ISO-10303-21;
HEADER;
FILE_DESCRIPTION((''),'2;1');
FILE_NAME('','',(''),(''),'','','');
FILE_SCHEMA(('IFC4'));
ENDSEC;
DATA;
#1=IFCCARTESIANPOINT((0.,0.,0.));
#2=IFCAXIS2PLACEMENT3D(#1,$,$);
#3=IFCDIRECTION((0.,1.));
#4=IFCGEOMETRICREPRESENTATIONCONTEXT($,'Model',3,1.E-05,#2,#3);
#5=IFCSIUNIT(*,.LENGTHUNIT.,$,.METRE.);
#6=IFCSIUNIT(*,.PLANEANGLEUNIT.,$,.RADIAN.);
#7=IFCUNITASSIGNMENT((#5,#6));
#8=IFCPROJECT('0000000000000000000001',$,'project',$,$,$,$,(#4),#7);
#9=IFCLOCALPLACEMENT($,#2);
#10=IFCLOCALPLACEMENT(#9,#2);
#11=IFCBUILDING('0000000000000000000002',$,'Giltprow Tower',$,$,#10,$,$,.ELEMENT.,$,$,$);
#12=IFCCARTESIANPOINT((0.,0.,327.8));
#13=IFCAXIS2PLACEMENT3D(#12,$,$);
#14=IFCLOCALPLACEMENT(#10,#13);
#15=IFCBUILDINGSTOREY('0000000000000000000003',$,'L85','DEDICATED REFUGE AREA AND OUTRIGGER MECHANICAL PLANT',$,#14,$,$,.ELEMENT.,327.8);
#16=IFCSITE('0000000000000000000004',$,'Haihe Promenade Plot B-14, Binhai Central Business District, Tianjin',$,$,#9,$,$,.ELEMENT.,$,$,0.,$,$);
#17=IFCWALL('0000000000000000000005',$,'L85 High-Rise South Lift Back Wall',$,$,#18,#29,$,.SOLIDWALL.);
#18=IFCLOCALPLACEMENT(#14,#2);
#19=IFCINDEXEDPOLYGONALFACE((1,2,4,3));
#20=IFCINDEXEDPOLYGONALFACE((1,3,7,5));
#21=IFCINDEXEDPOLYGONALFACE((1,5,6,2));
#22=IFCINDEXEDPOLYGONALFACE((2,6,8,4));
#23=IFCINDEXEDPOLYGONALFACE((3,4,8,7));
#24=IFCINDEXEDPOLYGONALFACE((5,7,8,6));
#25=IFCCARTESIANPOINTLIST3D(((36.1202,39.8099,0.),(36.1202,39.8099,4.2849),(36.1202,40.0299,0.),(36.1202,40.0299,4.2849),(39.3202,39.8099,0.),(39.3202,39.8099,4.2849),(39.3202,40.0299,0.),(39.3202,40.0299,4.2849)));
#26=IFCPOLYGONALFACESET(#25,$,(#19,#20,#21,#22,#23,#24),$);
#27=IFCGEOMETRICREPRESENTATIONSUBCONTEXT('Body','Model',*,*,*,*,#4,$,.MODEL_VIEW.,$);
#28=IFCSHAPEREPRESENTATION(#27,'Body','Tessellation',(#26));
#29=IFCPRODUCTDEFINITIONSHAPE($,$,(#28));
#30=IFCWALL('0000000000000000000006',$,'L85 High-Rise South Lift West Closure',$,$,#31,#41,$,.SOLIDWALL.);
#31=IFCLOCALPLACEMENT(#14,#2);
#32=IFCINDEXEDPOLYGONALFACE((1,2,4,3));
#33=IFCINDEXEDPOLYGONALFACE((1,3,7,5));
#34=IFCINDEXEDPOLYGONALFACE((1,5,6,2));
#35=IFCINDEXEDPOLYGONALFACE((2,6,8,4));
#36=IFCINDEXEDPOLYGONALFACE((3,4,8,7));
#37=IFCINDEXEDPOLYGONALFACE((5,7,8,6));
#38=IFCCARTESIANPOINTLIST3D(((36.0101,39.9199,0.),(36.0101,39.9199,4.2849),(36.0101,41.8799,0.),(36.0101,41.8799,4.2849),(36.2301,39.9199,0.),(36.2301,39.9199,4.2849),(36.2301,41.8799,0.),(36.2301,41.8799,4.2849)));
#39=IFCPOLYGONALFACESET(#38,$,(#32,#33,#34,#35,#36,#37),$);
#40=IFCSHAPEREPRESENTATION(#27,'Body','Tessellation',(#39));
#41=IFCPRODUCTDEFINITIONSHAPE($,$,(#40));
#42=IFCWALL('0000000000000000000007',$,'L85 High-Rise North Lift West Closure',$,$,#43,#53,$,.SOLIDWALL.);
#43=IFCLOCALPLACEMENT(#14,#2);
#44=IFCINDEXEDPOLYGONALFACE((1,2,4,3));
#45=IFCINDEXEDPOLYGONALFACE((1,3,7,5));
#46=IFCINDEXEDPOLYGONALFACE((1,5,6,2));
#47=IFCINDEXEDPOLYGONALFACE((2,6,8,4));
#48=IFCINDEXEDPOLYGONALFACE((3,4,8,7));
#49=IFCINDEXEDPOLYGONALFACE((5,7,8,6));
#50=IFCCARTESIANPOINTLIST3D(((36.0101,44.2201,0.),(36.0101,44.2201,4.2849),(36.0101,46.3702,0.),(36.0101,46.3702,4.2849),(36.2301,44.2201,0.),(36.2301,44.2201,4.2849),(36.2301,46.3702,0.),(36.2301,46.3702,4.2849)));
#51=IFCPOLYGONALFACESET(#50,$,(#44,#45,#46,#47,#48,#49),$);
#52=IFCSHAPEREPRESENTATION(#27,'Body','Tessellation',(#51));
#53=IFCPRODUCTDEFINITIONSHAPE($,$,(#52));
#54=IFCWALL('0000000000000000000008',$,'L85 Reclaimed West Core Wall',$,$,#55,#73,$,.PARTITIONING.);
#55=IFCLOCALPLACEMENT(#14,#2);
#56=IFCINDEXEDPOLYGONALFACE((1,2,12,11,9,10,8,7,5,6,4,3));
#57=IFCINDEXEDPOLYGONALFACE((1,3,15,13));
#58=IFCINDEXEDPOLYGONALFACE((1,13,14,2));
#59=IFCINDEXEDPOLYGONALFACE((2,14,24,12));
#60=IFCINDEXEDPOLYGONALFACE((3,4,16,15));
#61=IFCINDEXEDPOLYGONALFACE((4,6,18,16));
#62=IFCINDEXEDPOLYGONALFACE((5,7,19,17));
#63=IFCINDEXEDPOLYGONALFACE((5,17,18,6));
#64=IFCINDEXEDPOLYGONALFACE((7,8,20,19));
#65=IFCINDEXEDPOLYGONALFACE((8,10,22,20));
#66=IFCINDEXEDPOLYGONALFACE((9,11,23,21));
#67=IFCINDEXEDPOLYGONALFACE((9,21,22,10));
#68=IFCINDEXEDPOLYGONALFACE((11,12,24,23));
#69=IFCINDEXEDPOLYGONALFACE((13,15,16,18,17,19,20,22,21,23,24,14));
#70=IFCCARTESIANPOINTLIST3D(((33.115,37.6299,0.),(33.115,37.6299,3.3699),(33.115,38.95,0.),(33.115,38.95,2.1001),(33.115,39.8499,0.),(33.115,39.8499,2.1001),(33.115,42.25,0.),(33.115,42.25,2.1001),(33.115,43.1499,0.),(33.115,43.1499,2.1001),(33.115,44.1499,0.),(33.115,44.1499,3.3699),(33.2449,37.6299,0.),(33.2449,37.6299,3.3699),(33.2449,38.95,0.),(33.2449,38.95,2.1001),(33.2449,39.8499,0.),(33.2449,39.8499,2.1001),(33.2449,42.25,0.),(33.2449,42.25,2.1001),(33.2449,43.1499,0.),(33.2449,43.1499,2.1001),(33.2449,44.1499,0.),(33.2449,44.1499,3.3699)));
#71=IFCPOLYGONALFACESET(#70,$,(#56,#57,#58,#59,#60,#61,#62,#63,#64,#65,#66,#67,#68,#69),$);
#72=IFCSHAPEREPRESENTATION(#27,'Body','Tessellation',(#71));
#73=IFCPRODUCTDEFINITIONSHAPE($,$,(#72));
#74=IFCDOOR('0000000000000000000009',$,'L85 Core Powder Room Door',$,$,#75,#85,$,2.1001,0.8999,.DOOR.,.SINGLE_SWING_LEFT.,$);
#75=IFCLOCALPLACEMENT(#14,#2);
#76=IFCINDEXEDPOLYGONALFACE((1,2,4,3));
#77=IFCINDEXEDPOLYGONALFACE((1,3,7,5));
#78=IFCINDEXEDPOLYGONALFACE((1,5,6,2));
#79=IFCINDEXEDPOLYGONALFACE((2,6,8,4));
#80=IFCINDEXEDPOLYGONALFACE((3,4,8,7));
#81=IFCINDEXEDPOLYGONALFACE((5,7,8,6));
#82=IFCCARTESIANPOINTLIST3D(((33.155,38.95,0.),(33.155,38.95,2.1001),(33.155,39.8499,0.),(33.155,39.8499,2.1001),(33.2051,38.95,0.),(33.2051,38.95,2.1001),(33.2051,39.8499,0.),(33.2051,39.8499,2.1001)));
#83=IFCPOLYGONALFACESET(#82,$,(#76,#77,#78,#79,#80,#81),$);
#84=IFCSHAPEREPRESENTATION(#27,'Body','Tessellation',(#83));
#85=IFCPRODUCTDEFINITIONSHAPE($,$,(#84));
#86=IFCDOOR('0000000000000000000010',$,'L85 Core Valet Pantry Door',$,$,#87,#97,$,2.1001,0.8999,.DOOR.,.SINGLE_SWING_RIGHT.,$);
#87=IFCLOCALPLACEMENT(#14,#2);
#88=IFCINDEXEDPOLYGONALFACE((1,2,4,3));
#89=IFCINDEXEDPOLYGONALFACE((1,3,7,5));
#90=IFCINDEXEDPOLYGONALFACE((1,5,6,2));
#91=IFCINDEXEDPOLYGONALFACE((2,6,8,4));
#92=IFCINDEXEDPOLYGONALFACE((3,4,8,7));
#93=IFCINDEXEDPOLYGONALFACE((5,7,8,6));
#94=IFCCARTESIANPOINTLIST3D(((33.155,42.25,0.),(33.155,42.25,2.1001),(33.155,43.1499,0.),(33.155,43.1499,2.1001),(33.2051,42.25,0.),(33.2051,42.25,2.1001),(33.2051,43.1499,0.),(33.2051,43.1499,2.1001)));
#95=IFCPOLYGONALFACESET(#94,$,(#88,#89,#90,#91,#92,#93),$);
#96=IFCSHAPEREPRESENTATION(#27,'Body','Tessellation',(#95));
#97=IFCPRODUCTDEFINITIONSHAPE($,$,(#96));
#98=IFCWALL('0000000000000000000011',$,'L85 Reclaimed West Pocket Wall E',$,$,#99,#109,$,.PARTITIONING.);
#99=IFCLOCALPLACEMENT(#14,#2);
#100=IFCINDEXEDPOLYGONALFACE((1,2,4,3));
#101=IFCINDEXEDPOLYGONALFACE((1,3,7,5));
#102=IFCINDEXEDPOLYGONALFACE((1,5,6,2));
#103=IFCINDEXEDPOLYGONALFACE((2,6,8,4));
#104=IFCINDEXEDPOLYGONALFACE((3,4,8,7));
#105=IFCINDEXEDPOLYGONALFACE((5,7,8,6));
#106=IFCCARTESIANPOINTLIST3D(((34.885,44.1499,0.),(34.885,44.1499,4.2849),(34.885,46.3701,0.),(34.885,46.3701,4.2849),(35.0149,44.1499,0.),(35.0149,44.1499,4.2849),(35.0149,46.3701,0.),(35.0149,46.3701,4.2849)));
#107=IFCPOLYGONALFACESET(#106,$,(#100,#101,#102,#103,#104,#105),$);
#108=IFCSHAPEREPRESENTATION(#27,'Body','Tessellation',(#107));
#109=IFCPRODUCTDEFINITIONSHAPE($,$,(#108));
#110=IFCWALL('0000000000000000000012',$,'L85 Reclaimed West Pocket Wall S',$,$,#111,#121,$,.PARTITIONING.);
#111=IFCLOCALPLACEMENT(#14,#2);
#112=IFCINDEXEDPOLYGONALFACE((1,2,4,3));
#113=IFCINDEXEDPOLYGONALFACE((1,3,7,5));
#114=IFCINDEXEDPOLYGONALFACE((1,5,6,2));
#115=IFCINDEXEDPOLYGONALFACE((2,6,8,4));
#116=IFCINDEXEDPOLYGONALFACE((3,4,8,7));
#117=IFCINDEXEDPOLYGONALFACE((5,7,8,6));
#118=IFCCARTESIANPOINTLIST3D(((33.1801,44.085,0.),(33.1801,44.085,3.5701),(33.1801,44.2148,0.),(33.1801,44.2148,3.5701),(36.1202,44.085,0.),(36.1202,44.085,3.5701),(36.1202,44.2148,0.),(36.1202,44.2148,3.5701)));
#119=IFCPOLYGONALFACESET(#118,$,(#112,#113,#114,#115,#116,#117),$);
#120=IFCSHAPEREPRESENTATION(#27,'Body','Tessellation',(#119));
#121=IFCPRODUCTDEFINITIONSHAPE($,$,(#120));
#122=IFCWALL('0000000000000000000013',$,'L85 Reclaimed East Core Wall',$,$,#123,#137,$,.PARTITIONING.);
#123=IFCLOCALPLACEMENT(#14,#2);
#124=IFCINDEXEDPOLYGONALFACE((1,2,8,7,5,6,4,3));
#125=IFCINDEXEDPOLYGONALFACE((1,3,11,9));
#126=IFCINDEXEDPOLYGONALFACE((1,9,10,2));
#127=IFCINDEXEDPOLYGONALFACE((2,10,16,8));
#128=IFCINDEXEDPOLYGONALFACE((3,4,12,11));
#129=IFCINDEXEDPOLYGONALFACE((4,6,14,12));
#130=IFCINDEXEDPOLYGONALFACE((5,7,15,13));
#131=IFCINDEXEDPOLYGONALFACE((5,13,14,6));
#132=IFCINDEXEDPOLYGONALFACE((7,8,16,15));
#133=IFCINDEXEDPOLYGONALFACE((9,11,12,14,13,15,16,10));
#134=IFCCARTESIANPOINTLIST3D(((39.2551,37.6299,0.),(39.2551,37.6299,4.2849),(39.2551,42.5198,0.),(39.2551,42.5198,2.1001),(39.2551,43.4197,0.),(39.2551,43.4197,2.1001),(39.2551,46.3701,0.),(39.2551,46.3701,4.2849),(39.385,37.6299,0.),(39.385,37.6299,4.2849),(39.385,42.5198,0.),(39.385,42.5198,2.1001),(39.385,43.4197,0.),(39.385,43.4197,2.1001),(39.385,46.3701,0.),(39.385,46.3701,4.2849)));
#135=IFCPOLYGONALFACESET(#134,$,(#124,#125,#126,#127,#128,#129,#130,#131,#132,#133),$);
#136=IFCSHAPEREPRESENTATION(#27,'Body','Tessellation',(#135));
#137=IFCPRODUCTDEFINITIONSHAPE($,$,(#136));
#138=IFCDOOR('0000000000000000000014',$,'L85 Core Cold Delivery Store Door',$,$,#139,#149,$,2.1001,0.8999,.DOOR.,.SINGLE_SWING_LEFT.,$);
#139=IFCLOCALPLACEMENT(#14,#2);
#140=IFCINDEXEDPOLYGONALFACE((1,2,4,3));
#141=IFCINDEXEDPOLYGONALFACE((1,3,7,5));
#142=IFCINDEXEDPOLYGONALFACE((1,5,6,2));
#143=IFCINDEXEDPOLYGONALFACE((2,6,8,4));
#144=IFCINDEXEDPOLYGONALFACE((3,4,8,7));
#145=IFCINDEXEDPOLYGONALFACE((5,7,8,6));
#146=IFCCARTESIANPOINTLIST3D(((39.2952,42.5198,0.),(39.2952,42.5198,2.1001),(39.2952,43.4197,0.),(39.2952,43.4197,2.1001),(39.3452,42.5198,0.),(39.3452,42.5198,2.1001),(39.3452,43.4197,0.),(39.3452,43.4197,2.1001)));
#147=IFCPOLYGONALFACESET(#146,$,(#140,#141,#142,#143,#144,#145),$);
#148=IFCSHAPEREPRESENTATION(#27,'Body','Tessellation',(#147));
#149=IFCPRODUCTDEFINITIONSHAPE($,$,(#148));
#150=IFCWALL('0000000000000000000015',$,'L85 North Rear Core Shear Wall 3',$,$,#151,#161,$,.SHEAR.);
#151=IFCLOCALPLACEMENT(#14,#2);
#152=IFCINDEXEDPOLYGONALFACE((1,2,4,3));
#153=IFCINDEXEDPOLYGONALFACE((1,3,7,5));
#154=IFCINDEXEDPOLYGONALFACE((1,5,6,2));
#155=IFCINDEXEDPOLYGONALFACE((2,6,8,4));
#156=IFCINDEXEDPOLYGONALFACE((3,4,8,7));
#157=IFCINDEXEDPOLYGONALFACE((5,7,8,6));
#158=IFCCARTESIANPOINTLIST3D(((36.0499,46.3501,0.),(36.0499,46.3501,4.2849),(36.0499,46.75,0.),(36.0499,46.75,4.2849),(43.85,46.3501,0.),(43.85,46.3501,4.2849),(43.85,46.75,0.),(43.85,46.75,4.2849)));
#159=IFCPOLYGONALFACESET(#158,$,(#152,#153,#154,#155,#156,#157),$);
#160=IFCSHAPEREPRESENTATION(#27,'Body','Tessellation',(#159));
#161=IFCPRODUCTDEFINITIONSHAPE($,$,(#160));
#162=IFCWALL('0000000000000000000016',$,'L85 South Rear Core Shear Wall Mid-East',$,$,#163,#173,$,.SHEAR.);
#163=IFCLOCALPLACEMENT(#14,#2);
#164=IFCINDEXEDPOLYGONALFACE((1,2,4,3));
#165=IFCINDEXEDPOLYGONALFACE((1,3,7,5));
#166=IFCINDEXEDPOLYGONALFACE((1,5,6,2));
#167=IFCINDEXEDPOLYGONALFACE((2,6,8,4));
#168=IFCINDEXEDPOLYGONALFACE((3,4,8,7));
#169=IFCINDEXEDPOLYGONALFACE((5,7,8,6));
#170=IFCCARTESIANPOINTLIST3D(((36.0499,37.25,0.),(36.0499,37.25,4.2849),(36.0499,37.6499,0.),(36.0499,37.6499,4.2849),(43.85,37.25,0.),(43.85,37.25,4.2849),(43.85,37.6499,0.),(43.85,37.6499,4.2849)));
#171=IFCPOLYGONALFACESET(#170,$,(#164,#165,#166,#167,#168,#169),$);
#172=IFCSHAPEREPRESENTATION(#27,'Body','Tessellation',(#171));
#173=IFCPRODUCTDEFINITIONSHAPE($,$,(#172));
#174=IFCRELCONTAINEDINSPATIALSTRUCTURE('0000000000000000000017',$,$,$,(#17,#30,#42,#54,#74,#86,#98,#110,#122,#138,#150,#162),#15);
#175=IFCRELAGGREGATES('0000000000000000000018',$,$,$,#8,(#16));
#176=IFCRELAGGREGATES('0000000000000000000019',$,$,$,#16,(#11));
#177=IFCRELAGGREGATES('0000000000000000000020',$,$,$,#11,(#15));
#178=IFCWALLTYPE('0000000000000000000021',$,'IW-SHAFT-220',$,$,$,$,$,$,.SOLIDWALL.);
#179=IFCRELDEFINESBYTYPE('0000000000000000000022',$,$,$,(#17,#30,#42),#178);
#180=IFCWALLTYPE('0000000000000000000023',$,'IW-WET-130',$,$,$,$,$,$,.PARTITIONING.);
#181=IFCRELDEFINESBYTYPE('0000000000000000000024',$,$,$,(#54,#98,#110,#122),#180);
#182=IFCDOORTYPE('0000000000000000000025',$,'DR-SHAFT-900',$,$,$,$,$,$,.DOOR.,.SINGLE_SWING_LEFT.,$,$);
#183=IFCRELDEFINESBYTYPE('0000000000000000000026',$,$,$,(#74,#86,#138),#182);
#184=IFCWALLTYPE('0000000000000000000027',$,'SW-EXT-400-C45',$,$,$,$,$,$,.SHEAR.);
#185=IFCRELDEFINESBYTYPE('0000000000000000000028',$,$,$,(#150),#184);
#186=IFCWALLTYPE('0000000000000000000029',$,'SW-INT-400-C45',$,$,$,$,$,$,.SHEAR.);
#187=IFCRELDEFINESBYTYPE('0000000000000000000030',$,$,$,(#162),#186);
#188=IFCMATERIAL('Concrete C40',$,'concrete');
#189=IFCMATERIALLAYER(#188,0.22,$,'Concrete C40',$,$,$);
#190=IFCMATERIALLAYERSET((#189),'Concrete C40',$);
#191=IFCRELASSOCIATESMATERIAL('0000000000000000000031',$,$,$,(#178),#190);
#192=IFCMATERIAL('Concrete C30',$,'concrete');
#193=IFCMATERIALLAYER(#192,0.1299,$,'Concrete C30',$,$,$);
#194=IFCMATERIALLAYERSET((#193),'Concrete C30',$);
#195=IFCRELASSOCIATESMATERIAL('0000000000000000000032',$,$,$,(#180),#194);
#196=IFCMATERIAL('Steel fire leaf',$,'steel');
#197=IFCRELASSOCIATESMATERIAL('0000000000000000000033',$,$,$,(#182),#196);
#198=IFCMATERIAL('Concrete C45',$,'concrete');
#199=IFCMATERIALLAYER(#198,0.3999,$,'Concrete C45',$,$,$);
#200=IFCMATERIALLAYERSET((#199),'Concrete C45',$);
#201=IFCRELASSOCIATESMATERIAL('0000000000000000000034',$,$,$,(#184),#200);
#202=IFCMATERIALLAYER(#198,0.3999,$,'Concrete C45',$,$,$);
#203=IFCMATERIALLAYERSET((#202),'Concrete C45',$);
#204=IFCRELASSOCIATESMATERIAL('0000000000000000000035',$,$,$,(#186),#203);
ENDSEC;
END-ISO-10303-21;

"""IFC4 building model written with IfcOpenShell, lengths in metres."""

from ifc_helpers import new_model, si_unit, direction, frame, frame_2d, origin, place, context, subcontext, project, spatial, rectangle, extrude, source, transform, mapped, material, layer, layer_set, type_object, element, fill, save


model = new_model("IFC4")

# Units and contexts
model_context = context("Model", 3, precision=1e-05, world=origin(), true_north=direction((0.0, 1.0)))
body_context = subcontext(model_context, "Body", "Model", "MODEL_VIEW")
ifc_project = project(units=[si_unit("LENGTHUNIT", "METRE"), si_unit("PLANEANGLEUNIT", "RADIAN")], contexts=[model_context])

# Site, building, storey
site_placement = place(None, origin())
site = spatial("IfcSite", under=ifc_project, at=site_placement, Name="Haihe Promenade Plot B-14, Binhai Central Business District, Tianjin", CompositionType="ELEMENT", RefElevation=0.0)
building_placement = place(site_placement, origin())
building = spatial("IfcBuilding", under=site, at=building_placement, Name="Giltprow Tower", CompositionType="ELEMENT")
storey_placement = place(building_placement, frame((0.0, 0.0, 327.8)))
storey = spatial("IfcBuildingStorey", under=building, at=storey_placement, Name="L85", Description="DEDICATED REFUGE AREA AND OUTRIGGER MECHANICAL PLANT", CompositionType="ELEMENT", Elevation=327.8)

# Shared definitions
ifc_material_1 = material(Name="Concrete C45", Category="concrete")

# Shared definitions
ifc_material_2 = material(Name="Concrete C40", Category="concrete")
ifc_layer_1 = layer(ifc_material_2, 0.22, Name="Concrete C40")
ifc_layer_set_1 = layer_set([ifc_layer_1], Name="Concrete C40")
wall_type_1 = type_object("IfcWallType", Name="IW-SHAFT-220", PredefinedType="SOLIDWALL", material=ifc_layer_set_1)

# Walls
wall_1_placement = place(storey_placement, frame((36.1201, 39.9199, 0.0), z_axis=(0.0, 0.0, 1.0), x_axis=(1.0, 0.0, 0.0)))
element("IfcWall", 1, at=wall_1_placement, inside=storey, type_object=wall_type_1, Name="L85 High-Rise South Lift Back Wall", PredefinedType="SOLIDWALL", context=body_context, shape_type="SweptSolid", body=[
    extrude(rectangle(XDim=3.2, YDim=0.22, at=frame_2d((1.6001, 0.0))), origin(), (0.0, 0.0, 1.0), 4.2849),
])
wall_2_placement = place(storey_placement, frame((36.1201, 39.9199, 0.0), z_axis=(0.0, 0.0, 1.0), x_axis=(0.0, 1.0, 0.0)))
element("IfcWall", 2, at=wall_2_placement, inside=storey, type_object=wall_type_1, Name="L85 High-Rise South Lift West Closure", PredefinedType="SOLIDWALL", context=body_context, shape_type="SweptSolid", body=[
    extrude(rectangle(XDim=1.96, YDim=0.22, at=frame_2d((0.98, 0.0))), origin(), (0.0, 0.0, 1.0), 4.2849),
])
wall_3_placement = place(storey_placement, frame((36.1201, 44.22, 0.0), z_axis=(0.0, 0.0, 1.0), x_axis=(0.0, 1.0, 0.0)))
element("IfcWall", 3, at=wall_3_placement, inside=storey, type_object=wall_type_1, Name="L85 High-Rise North Lift West Closure", PredefinedType="SOLIDWALL", context=body_context, shape_type="SweptSolid", body=[
    extrude(rectangle(XDim=2.1501, YDim=0.22, at=frame_2d((1.0752, 0.0))), origin(), (0.0, 0.0, 1.0), 4.2849),
])

# Wall, openings, doors
ifc_material_3 = material(Name="Concrete C30", Category="concrete")
ifc_layer_2 = layer(ifc_material_3, 0.1299, Name="Concrete C30")
ifc_layer_set_2 = layer_set([ifc_layer_2], Name="Concrete C30")
wall_type_2 = type_object("IfcWallType", Name="IW-WET-130", PredefinedType="PARTITIONING", material=ifc_layer_set_2)
wall_4_placement = place(storey_placement, frame((33.1799, 37.6299, 0.0), z_axis=(0.0, 0.0, 1.0), x_axis=(0.0, 1.0, 0.0)))
wall_4 = element("IfcWall", 4, at=wall_4_placement, inside=storey, type_object=wall_type_2, Name="L85 Reclaimed West Core Wall", PredefinedType="PARTITIONING", context=body_context, shape_type="SweptSolid", body=[
    extrude(rectangle(XDim=6.52, YDim=0.1299, at=frame_2d((3.26, 0.0))), origin(), (0.0, 0.0, 1.0), 3.3699),
])
opening_1_placement = place(wall_4_placement, frame((1.3201, 0.0, 0.0)))
opening_1 = element("IfcOpeningElement", 5, at=opening_1_placement, cuts=wall_4, PredefinedType="OPENING", context=body_context, shape_type="SweptSolid", body=[
    extrude(rectangle(XDim=0.8999, YDim=2.1001, at=frame_2d((0.45, 1.05))), frame((0.0, 0.075, 0.0), z_axis=(0.0, -1.0, 0.0), x_axis=(1.0, 0.0, 0.0)), (0.0, 0.0, 1.0), 0.1499),
])
opening_2_placement = place(wall_4_placement, frame((4.6201, 0.0, 0.0)))
opening_2 = element("IfcOpeningElement", 6, at=opening_2_placement, cuts=wall_4, PredefinedType="OPENING", context=body_context, shape_type="SweptSolid", body=[
    extrude(rectangle(XDim=0.8999, YDim=2.1001, at=frame_2d((0.45, 1.05))), frame((0.0, 0.075, 0.0), z_axis=(0.0, -1.0, 0.0), x_axis=(1.0, 0.0, 0.0)), (0.0, 0.0, 1.0), 0.1499),
])
ifc_material_4 = material(Name="Steel fire leaf", Category="steel")
door_type_1 = type_object("IfcDoorType", Name="DR-SHAFT-900", OperationType="SINGLE_SWING_LEFT", PredefinedType="DOOR", material=ifc_material_4)
shared_shape_1 = source(origin(), body_context, "Body", "SweptSolid", [
    extrude(rectangle(XDim=0.8999, YDim=2.1001, at=frame_2d((0.45, 1.05))), frame((0.0, 0.0249, 0.0), z_axis=(0.0, -1.0, 0.0), x_axis=(1.0, 0.0, 0.0)), (0.0, 0.0, 1.0), 0.05),
])
door_1_placement = place(opening_1_placement, origin())
door_1 = element("IfcDoor", 7, at=door_1_placement, inside=storey, type_object=door_type_1, Name="L85 Core Powder Room Door", OperationType="SINGLE_SWING_LEFT", OverallHeight=2.1001, OverallWidth=0.8999, PredefinedType="DOOR", context=body_context, shape_type="MappedRepresentation", body=[
    mapped(shared_shape_1, transform((0.0, 0.0, 0.0), x_axis=(1.0, 0.0, 0.0), y_axis=(0.0, 1.0, 0.0), z_axis=(0.0, 0.0, 1.0), scale=1.0)),
])
fill(opening_1, door_1)
door_2_placement = place(opening_2_placement, origin())
door_2 = element("IfcDoor", 8, at=door_2_placement, inside=storey, type_object=door_type_1, Name="L85 Core Valet Pantry Door", OperationType="SINGLE_SWING_RIGHT", OverallHeight=2.1001, OverallWidth=0.8999, PredefinedType="DOOR", context=body_context, shape_type="MappedRepresentation", body=[
    mapped(shared_shape_1, transform((0.0, 0.0, 0.0), x_axis=(1.0, 0.0, 0.0), y_axis=(0.0, 1.0, 0.0), z_axis=(0.0, 0.0, 1.0), scale=1.0)),
])
fill(opening_2, door_2)

# Walls
wall_5_placement = place(storey_placement, frame((34.95, 44.1499, 0.0), z_axis=(0.0, 0.0, 1.0), x_axis=(0.0, 1.0, 0.0)))
element("IfcWall", 9, at=wall_5_placement, inside=storey, type_object=wall_type_2, Name="L85 Reclaimed West Pocket Wall E", PredefinedType="PARTITIONING", context=body_context, shape_type="SweptSolid", body=[
    extrude(rectangle(XDim=2.2202, YDim=0.1299, at=frame_2d((1.1101, 0.0))), origin(), (0.0, 0.0, 1.0), 4.2849),
])
wall_6_placement = place(storey_placement, frame((33.1799, 44.1499, 0.0), z_axis=(0.0, 0.0, 1.0), x_axis=(1.0, 0.0, 0.0)))
element("IfcWall", 10, at=wall_6_placement, inside=storey, type_object=wall_type_2, Name="L85 Reclaimed West Pocket Wall S", PredefinedType="PARTITIONING", context=body_context, shape_type="SweptSolid", body=[
    extrude(rectangle(XDim=2.9402, YDim=0.1299, at=frame_2d((1.4702, 0.0))), origin(), (0.0, 0.0, 1.0), 3.5701),
])

# Wall, opening, door
wall_7_placement = place(storey_placement, frame((39.3201, 37.6299, 0.0), z_axis=(0.0, 0.0, 1.0), x_axis=(0.0, 1.0, 0.0)))
wall_7 = element("IfcWall", 11, at=wall_7_placement, inside=storey, type_object=wall_type_2, Name="L85 Reclaimed East Core Wall", PredefinedType="PARTITIONING", context=body_context, shape_type="SweptSolid", body=[
    extrude(rectangle(XDim=8.7402, YDim=0.1299, at=frame_2d((4.3701, 0.0))), origin(), (0.0, 0.0, 1.0), 4.2849),
])
opening_3_placement = place(wall_7_placement, frame((4.8899, 0.0, 0.0)))
opening_3 = element("IfcOpeningElement", 12, at=opening_3_placement, cuts=wall_7, PredefinedType="OPENING", context=body_context, shape_type="SweptSolid", body=[
    extrude(rectangle(XDim=0.8999, YDim=2.1001, at=frame_2d((0.45, 1.05))), frame((0.0, 0.075, 0.0), z_axis=(0.0, -1.0, 0.0), x_axis=(1.0, 0.0, 0.0)), (0.0, 0.0, 1.0), 0.1499),
])
door_3_placement = place(opening_3_placement, origin())
door_3 = element("IfcDoor", 13, at=door_3_placement, inside=storey, type_object=door_type_1, Name="L85 Core Cold Delivery Store Door", OperationType="SINGLE_SWING_LEFT", OverallHeight=2.1001, OverallWidth=0.8999, PredefinedType="DOOR", context=body_context, shape_type="MappedRepresentation", body=[
    mapped(shared_shape_1, transform((0.0, 0.0, 0.0), x_axis=(1.0, 0.0, 0.0), y_axis=(0.0, 1.0, 0.0), z_axis=(0.0, 0.0, 1.0), scale=1.0)),
])
fill(opening_3, door_3)

# Walls
ifc_layer_3 = layer(ifc_material_1, 0.3999, Name="Concrete C45")
ifc_layer_set_3 = layer_set([ifc_layer_3], Name="Concrete C45")
wall_type_3 = type_object("IfcWallType", Name="SW-EXT-400-C45", PredefinedType="SHEAR", material=ifc_layer_set_3)
wall_8_placement = place(storey_placement, frame((36.05, 46.55, 0.0), z_axis=(0.0, 0.0, 1.0), x_axis=(1.0, 0.0, 0.0)))
element("IfcWall", 14, at=wall_8_placement, inside=storey, type_object=wall_type_3, Name="L85 North Rear Core Shear Wall 3", PredefinedType="SHEAR", context=body_context, shape_type="SweptSolid", body=[
    extrude(rectangle(XDim=7.8, YDim=0.3999, at=frame_2d((3.8999, 0.0))), origin(), (0.0, 0.0, 1.0), 4.2849),
])
ifc_layer_4 = layer(ifc_material_1, 0.3999, Name="Concrete C45")
ifc_layer_set_4 = layer_set([ifc_layer_4], Name="Concrete C45")
wall_type_4 = type_object("IfcWallType", Name="SW-INT-400-C45", PredefinedType="SHEAR", material=ifc_layer_set_4)
wall_9_placement = place(storey_placement, frame((36.05, 37.45, 0.0), z_axis=(0.0, 0.0, 1.0), x_axis=(1.0, 0.0, 0.0)))
element("IfcWall", 15, at=wall_9_placement, inside=storey, type_object=wall_type_4, Name="L85 South Rear Core Shear Wall Mid-East", PredefinedType="SHEAR", context=body_context, shape_type="SweptSolid", body=[
    extrude(rectangle(XDim=7.8, YDim=0.3999, at=frame_2d((3.8999, 0.0))), origin(), (0.0, 0.0, 1.0), 4.2849),
])

save(model, "model.ifc")
